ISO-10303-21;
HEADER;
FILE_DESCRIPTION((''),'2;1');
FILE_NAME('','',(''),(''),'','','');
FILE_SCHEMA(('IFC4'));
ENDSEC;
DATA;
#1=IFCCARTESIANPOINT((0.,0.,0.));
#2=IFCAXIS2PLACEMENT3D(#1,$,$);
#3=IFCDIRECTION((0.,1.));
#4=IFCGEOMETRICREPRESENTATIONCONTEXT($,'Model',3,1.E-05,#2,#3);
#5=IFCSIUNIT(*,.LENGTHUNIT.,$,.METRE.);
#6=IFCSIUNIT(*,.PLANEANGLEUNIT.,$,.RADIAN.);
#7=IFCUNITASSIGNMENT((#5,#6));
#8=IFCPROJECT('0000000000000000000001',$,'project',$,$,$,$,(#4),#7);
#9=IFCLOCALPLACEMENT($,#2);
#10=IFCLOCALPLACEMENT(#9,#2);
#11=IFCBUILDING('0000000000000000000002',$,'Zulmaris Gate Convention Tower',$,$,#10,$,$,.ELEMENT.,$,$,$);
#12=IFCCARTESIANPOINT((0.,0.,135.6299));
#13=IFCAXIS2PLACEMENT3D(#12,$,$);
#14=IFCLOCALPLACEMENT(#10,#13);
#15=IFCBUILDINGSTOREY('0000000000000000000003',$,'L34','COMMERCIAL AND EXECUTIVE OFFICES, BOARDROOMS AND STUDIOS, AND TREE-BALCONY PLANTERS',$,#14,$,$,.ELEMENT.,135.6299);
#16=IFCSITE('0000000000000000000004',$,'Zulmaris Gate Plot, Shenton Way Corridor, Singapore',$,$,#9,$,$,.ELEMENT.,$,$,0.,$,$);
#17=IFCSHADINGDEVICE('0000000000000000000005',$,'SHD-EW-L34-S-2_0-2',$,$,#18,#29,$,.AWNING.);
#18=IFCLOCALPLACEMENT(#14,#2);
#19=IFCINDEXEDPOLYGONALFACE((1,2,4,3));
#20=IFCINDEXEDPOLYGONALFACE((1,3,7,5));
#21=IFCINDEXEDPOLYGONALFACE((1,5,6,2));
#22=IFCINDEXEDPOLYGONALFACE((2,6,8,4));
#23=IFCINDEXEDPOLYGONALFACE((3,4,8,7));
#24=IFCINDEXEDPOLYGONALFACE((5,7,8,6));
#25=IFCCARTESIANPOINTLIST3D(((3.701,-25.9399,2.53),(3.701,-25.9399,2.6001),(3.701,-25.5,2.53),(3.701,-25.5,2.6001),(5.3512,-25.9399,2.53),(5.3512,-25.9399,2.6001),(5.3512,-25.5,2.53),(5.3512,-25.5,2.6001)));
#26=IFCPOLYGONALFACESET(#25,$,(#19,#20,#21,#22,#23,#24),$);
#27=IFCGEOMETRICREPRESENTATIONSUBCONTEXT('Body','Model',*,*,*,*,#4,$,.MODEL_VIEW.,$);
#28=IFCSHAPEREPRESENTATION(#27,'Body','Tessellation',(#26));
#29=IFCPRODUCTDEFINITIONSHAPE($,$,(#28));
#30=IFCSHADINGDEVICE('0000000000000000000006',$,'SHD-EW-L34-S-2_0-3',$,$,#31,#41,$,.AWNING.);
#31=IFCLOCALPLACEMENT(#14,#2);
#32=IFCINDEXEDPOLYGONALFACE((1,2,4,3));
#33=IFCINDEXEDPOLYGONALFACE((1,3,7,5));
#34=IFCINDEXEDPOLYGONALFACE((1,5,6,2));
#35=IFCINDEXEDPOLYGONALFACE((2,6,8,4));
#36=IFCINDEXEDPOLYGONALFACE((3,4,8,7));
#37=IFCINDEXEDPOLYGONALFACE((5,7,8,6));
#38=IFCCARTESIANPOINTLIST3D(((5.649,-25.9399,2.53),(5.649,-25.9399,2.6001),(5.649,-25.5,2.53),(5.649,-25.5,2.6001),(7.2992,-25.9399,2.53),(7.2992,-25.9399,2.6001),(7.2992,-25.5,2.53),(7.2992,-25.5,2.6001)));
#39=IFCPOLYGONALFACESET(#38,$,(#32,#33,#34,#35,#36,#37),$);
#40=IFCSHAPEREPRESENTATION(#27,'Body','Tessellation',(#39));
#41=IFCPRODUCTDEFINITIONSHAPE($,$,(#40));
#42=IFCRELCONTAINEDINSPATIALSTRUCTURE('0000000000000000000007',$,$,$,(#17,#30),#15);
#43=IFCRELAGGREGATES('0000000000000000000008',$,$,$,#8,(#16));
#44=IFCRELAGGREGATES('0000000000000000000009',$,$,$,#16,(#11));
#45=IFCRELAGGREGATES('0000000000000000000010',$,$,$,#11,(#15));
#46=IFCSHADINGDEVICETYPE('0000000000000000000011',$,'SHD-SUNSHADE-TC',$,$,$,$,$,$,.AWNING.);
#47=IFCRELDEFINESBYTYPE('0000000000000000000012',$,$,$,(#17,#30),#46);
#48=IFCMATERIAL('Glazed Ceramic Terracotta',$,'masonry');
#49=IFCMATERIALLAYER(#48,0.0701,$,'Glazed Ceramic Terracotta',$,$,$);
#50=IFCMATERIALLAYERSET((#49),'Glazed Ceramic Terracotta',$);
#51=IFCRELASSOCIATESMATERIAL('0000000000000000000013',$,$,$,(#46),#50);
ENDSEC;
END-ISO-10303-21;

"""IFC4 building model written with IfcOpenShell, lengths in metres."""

from ifc_helpers import new_model, si_unit, direction, frame, frame_2d, origin, place, context, subcontext, project, spatial, rectangle, extrude, material, layer, layer_set, type_object, element, save


model = new_model("IFC4")

# Units and contexts
model_context = context("Model", 3, precision=1e-05, world=origin(), true_north=direction((0.0, 1.0)))
body_context = subcontext(model_context, "Body", "Model", "MODEL_VIEW")
ifc_project = project(units=[si_unit("LENGTHUNIT", "METRE"), si_unit("PLANEANGLEUNIT", "RADIAN")], contexts=[model_context])

# Site, building, storey
site_placement = place(None, origin())
site = spatial("IfcSite", under=ifc_project, at=site_placement, Name="Zulmaris Gate Plot, Shenton Way Corridor, Singapore", CompositionType="ELEMENT", RefElevation=0.0)
building_placement = place(site_placement, origin())
building = spatial("IfcBuilding", under=site, at=building_placement, Name="Zulmaris Gate Convention Tower", CompositionType="ELEMENT")
storey_placement = place(building_placement, frame((0.0, 0.0, 135.6299)))
storey = spatial("IfcBuildingStorey", under=building, at=storey_placement, Name="L34", Description="COMMERCIAL AND EXECUTIVE OFFICES, BOARDROOMS AND STUDIOS, AND TREE-BALCONY PLANTERS", CompositionType="ELEMENT", Elevation=135.6299)

# Shading devices
ifc_material_1 = material(Name="Glazed Ceramic Terracotta", Category="masonry")
ifc_layer_1 = layer(ifc_material_1, 0.0701, Name="Glazed Ceramic Terracotta")
ifc_layer_set_1 = layer_set([ifc_layer_1], Name="Glazed Ceramic Terracotta")
shading_device_type = type_object("IfcShadingDeviceType", Name="SHD-SUNSHADE-TC", PredefinedType="AWNING", material=ifc_layer_set_1)
for number, where, z_axis, x_axis, name in (
    (1, (3.7009, -25.72, 2.53), (0.0, 0.0, 1.0), (1.0, 0.0, 0.0), "SHD-EW-L34-S-2_0-2"),
    (2, (5.6489, -25.72, 2.53), (0.0, 0.0, 1.0), (1.0, 0.0, 0.0), "SHD-EW-L34-S-2_0-3"),
):
    element("IfcShadingDevice", number, at=place(storey_placement, frame(where, z_axis=z_axis, x_axis=x_axis)), inside=storey, type_object=shading_device_type, Name=name, PredefinedType="AWNING", context=body_context, shape_type="SweptSolid", body=[
        extrude(rectangle(XDim=1.6501, YDim=0.4399, at=frame_2d((0.8252, 0.0))), origin(), (0.0, 0.0, 1.0), 0.0701),
    ])

save(model, "model.ifc")
